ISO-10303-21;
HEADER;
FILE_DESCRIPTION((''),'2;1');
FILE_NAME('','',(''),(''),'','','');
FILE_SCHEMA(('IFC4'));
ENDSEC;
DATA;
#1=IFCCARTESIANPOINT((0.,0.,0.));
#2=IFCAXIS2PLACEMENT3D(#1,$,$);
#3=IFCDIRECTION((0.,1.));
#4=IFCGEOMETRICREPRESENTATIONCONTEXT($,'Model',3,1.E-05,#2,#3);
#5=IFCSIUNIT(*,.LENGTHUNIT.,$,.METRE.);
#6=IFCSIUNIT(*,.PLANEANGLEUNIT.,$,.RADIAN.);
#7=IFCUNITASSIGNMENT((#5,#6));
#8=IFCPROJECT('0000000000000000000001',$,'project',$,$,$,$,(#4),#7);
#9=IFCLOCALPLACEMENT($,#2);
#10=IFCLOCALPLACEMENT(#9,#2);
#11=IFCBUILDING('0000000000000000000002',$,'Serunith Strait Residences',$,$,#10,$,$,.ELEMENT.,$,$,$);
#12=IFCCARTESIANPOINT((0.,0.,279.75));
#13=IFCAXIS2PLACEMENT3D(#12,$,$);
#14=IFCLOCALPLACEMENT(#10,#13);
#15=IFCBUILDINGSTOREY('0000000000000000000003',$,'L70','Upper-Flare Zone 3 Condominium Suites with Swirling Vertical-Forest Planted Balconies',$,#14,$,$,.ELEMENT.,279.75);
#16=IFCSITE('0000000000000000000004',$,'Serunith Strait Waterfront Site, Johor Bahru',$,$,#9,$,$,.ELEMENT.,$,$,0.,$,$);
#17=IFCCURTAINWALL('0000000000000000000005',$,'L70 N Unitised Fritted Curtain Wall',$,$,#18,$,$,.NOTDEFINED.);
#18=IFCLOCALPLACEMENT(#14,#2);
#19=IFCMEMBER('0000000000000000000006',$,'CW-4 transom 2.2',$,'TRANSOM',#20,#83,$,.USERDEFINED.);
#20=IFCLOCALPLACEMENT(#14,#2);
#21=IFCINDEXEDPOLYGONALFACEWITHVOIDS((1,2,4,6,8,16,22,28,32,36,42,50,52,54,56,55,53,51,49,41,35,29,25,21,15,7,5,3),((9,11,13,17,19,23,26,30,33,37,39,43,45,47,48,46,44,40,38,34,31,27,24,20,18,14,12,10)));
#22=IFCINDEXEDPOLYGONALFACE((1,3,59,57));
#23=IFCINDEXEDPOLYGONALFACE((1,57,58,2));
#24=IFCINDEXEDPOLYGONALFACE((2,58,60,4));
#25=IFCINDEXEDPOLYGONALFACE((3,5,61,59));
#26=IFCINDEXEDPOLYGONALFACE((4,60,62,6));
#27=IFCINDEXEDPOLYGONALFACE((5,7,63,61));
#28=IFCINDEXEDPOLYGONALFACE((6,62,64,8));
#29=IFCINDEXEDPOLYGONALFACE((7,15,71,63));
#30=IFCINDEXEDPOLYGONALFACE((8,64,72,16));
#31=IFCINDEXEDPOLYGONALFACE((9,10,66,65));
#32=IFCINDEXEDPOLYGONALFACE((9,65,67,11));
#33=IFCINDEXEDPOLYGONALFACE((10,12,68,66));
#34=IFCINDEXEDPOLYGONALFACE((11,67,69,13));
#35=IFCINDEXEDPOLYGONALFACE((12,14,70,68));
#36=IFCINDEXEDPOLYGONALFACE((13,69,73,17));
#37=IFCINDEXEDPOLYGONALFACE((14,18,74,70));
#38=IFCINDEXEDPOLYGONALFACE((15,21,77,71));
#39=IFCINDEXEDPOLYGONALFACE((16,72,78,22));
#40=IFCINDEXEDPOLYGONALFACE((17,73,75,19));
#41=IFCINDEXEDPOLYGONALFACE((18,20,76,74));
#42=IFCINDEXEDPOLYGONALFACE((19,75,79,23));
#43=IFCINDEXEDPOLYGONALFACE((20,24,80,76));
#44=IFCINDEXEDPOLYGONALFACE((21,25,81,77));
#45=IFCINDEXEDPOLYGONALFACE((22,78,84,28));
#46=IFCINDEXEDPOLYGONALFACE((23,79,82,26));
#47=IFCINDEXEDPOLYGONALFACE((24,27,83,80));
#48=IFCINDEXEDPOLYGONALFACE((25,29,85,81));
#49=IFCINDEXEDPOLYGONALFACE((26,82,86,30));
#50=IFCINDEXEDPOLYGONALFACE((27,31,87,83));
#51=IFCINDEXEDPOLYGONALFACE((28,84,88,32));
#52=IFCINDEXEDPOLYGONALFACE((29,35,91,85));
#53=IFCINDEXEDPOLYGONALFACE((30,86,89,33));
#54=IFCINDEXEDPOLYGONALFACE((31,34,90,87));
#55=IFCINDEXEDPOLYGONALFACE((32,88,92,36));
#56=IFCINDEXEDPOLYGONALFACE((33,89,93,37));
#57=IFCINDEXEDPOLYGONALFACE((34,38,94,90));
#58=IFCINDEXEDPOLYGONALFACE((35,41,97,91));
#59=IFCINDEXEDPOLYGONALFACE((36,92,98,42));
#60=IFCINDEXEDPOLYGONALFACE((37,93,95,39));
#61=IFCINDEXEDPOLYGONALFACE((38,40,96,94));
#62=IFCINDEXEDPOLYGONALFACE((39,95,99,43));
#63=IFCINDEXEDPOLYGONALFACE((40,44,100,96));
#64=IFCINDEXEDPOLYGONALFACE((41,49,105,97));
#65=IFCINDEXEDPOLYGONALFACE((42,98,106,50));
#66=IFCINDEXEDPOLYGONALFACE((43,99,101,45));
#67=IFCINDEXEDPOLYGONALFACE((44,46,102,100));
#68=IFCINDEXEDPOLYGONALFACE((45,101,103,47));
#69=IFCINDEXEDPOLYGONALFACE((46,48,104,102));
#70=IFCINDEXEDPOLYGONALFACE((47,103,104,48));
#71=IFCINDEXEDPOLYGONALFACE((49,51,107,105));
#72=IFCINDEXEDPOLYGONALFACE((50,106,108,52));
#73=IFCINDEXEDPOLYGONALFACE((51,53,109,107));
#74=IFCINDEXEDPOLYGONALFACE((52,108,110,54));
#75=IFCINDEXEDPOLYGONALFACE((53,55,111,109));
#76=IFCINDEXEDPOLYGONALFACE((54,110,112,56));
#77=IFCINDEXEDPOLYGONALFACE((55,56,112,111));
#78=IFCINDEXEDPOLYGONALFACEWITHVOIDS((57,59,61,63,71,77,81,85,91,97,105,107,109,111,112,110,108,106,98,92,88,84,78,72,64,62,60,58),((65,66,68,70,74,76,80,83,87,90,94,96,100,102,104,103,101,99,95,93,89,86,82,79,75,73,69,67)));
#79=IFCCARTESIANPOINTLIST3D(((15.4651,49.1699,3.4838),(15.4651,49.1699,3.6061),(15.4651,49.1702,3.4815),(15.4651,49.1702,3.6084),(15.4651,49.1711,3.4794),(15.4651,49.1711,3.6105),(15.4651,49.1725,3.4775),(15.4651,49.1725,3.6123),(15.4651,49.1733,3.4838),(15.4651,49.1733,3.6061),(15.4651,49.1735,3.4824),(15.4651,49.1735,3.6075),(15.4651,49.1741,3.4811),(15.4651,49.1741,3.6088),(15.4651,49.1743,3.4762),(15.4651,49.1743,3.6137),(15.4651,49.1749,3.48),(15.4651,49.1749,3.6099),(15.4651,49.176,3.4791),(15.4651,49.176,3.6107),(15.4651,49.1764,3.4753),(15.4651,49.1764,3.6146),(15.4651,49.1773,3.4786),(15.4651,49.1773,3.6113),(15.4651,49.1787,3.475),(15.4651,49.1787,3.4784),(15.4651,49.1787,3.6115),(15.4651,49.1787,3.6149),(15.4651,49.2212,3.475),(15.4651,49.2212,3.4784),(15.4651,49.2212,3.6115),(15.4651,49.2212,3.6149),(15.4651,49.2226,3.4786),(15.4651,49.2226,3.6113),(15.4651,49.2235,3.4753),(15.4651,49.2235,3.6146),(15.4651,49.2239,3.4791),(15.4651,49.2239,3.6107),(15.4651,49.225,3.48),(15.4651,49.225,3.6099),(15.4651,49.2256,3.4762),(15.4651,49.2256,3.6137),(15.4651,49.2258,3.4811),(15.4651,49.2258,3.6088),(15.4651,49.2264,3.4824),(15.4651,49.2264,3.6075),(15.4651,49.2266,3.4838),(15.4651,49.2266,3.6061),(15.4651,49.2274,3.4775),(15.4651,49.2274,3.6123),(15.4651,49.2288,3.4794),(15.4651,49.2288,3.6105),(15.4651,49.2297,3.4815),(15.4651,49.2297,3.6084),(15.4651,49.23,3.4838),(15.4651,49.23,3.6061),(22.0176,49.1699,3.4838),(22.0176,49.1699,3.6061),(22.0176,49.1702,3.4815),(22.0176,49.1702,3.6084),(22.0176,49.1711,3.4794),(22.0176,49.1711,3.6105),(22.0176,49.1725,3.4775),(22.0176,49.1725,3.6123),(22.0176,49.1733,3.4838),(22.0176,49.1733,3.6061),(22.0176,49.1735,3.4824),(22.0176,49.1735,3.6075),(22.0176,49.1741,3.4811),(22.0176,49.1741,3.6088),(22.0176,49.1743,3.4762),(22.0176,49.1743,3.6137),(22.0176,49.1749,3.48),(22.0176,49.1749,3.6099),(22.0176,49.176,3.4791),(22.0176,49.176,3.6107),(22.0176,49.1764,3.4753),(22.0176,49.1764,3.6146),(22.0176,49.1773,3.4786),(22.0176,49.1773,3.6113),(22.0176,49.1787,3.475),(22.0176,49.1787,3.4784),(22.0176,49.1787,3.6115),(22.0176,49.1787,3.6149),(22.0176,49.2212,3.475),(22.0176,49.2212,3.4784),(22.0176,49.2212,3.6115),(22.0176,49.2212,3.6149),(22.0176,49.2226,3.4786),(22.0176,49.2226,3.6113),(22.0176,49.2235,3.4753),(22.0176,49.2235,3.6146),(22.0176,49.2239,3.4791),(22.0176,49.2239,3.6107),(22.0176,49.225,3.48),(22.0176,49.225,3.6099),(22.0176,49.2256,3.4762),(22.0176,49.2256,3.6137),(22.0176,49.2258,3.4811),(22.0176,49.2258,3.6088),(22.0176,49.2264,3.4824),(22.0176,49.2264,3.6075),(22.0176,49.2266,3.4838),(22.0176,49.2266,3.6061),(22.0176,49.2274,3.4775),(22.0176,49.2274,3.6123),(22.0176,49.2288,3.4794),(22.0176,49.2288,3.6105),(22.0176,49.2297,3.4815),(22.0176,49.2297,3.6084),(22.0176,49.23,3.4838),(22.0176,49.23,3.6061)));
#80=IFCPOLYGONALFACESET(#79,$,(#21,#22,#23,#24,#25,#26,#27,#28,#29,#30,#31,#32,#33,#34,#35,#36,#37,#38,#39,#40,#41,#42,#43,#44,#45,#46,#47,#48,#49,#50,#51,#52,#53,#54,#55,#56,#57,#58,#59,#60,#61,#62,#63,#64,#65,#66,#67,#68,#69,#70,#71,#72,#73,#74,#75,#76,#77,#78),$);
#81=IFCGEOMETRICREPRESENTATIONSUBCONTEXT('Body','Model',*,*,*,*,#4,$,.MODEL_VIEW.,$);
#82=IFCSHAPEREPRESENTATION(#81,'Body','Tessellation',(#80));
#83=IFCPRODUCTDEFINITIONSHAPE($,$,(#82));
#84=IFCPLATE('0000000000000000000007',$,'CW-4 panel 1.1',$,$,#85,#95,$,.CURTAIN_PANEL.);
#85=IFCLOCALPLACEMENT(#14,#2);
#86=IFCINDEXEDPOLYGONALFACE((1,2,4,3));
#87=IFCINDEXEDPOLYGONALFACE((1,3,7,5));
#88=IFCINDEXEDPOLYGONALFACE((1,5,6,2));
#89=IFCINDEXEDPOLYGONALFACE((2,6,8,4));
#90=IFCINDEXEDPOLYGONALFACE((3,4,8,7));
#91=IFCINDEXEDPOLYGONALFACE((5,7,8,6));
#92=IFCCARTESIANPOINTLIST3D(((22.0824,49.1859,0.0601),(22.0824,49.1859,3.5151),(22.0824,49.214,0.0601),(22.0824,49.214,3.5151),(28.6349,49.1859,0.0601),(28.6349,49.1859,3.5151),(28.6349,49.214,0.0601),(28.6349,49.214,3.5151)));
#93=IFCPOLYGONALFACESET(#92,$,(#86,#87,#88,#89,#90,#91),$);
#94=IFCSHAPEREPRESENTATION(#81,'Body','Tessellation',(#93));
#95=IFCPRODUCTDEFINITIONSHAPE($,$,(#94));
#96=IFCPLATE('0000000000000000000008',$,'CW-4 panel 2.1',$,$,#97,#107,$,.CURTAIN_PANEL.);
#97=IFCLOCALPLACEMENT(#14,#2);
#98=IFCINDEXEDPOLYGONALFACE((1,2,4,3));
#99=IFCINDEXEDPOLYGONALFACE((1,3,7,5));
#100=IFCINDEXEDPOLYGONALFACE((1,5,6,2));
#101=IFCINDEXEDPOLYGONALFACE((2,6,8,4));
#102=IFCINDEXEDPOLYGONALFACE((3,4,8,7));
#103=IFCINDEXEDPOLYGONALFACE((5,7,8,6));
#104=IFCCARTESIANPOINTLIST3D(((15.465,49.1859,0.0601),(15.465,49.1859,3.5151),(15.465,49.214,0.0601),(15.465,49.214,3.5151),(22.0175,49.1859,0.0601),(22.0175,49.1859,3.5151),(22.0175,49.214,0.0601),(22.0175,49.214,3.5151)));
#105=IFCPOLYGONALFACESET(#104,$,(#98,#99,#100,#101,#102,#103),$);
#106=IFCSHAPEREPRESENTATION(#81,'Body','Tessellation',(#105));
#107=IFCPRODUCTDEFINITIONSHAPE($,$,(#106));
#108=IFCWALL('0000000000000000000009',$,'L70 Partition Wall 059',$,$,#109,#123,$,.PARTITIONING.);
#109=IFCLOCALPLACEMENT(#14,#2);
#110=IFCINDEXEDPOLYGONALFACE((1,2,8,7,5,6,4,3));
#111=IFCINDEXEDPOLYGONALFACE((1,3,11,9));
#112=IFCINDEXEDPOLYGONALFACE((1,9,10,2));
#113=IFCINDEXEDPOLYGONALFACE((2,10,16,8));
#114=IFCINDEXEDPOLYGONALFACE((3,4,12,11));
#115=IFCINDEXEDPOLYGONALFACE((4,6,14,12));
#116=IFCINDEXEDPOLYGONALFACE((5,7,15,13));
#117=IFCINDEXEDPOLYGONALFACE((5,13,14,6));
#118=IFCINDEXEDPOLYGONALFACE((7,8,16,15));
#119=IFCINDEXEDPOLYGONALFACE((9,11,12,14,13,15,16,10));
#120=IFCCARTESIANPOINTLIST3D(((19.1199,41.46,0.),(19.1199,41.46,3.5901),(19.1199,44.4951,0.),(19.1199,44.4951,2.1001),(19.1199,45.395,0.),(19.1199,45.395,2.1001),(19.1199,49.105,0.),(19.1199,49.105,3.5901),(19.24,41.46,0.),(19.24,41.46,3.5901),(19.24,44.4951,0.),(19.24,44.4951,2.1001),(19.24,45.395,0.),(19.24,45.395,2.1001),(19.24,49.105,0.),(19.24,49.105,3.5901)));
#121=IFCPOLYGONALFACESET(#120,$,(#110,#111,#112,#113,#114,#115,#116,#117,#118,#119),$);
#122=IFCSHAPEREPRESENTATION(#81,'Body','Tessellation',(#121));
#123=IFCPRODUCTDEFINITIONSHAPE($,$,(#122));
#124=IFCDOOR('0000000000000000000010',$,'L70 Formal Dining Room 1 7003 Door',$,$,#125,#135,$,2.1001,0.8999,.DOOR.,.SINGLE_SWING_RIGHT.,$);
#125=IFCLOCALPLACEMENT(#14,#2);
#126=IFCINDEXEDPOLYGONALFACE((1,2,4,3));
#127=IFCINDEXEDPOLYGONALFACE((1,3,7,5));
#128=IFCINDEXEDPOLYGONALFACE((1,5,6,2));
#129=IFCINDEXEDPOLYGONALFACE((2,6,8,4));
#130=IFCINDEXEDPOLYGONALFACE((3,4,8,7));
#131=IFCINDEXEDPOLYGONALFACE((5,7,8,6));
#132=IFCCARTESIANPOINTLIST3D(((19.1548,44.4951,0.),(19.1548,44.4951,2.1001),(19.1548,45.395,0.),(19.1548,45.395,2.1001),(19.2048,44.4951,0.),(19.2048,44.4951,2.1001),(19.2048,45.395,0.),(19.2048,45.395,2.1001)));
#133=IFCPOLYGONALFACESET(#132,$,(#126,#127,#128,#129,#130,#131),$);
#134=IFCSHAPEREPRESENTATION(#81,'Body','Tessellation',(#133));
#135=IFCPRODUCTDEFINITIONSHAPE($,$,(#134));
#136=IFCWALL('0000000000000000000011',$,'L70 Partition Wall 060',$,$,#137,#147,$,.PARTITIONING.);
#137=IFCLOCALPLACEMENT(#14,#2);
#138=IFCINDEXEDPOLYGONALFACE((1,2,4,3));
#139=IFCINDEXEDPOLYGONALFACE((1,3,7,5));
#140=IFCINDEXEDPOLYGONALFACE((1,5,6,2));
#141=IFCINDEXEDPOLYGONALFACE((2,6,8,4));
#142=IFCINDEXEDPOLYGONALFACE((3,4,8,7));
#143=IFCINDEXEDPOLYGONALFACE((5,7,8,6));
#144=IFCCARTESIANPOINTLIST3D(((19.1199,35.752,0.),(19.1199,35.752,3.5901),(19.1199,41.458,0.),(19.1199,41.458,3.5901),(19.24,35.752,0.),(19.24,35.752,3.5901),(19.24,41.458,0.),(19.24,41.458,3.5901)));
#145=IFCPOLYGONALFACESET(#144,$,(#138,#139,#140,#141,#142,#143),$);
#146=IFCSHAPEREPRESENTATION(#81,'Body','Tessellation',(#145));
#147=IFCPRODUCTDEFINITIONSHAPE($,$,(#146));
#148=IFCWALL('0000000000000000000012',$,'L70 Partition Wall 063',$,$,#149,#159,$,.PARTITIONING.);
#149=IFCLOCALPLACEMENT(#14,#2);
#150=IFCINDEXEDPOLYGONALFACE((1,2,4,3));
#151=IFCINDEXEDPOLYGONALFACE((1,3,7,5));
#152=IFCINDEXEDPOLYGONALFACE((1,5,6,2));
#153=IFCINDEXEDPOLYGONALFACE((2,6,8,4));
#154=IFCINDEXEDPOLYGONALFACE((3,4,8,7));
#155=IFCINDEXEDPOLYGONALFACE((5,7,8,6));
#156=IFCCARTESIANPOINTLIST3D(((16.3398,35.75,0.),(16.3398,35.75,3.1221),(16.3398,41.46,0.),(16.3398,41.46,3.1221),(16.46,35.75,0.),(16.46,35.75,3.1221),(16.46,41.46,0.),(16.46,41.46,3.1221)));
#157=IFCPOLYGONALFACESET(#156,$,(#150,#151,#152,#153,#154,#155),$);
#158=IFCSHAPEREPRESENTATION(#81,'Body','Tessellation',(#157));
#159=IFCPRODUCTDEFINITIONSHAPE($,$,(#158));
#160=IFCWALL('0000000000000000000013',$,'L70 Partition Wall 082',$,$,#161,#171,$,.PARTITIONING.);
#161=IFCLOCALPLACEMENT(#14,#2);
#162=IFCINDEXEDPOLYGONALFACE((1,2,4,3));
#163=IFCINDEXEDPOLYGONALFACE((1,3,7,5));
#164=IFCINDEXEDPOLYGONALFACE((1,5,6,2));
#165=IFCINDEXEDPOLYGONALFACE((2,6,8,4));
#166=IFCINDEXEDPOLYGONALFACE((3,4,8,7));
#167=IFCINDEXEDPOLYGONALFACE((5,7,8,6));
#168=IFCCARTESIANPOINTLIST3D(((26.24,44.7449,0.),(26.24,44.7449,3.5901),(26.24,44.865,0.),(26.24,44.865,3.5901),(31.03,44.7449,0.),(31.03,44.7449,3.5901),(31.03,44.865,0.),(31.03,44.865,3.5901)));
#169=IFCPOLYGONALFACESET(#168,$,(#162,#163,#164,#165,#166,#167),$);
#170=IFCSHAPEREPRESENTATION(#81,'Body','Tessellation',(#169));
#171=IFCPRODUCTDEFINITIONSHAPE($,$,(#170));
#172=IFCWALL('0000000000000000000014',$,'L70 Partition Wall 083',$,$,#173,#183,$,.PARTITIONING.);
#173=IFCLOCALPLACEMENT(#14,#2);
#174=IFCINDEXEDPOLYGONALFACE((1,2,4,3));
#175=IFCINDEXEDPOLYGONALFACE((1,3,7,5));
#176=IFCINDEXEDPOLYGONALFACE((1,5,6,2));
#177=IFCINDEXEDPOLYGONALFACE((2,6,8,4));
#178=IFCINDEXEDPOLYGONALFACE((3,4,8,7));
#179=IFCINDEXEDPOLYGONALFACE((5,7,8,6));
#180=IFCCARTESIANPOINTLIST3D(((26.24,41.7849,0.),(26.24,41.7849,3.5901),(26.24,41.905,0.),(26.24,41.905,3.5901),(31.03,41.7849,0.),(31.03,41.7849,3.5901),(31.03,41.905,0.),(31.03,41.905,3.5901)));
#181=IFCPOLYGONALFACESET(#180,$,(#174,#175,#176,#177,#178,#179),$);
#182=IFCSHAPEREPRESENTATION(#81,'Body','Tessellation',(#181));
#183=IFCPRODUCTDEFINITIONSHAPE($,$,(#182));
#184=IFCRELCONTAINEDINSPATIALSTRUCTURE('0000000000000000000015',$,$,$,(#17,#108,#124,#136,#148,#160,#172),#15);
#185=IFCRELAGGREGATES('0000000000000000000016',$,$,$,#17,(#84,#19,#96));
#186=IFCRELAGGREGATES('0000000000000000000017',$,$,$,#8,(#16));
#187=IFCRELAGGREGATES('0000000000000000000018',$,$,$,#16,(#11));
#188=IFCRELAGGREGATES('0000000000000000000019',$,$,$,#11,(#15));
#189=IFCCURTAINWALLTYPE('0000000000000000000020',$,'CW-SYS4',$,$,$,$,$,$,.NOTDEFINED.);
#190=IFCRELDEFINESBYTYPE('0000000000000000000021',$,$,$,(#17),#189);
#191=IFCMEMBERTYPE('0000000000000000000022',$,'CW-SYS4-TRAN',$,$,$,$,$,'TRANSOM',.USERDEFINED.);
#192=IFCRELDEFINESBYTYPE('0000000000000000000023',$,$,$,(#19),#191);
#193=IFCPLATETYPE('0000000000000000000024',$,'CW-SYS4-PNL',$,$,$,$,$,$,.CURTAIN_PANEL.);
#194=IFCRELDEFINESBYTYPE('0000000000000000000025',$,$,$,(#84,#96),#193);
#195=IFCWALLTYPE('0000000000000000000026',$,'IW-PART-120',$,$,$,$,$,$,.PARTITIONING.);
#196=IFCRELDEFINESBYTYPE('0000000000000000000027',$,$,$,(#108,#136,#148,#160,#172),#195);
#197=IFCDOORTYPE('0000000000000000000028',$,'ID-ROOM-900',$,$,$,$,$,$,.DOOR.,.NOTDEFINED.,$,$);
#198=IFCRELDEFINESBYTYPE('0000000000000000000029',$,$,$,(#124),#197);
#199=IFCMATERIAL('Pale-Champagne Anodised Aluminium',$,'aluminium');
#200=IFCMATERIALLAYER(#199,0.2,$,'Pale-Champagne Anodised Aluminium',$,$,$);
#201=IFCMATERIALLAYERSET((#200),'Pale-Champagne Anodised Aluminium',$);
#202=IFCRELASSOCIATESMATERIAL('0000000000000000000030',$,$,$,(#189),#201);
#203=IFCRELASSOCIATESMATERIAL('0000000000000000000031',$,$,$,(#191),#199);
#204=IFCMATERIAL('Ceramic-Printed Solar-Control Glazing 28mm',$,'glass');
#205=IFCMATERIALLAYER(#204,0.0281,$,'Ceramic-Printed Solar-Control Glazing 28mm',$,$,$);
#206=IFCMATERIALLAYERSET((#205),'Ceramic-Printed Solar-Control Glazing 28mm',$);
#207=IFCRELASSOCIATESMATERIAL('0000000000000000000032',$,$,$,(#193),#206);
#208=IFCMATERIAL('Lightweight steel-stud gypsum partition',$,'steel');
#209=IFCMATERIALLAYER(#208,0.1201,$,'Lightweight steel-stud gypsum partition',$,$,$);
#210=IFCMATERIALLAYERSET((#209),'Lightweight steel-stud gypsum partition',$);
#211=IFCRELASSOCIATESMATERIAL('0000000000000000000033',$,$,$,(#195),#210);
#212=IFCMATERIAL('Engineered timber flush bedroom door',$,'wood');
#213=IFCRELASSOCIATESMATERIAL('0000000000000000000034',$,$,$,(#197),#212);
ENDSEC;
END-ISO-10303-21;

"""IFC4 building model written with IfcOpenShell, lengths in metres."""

from ifc_helpers import new_model, si_unit, direction, frame, frame_2d, origin, origin_2d, place, context, subcontext, project, spatial, rectangle, hollow_rectangle, extrude, source, transform, mapped, material, layer, layer_set, material_profile, profile_set, type_object, element, fill, aggregate, save


model = new_model("IFC4")

# Units and contexts
model_context = context("Model", 3, precision=1e-05, world=origin(), true_north=direction((0.0, 1.0)))
body_context = subcontext(model_context, "Body", "Model", "MODEL_VIEW")
ifc_project = project(units=[si_unit("LENGTHUNIT", "METRE"), si_unit("PLANEANGLEUNIT", "RADIAN")], contexts=[model_context])

# Site, building, storey
site_placement = place(None, origin())
site = spatial("IfcSite", under=ifc_project, at=site_placement, Name="Serunith Strait Waterfront Site, Johor Bahru", CompositionType="ELEMENT", RefElevation=0.0)
building_placement = place(site_placement, origin())
building = spatial("IfcBuilding", under=site, at=building_placement, Name="Serunith Strait Residences", CompositionType="ELEMENT")
storey_placement = place(building_placement, frame((0.0, 0.0, 279.75)))
storey = spatial("IfcBuildingStorey", under=building, at=storey_placement, Name="L70", Description="Upper-Flare Zone 3 Condominium Suites with Swirling Vertical-Forest Planted Balconies", CompositionType="ELEMENT", Elevation=279.75)

# Curtain wall, member, plates
ifc_material_1 = material(Name="Pale-Champagne Anodised Aluminium", Category="aluminium")
ifc_layer_1 = layer(ifc_material_1, 0.2, Name="Pale-Champagne Anodised Aluminium")
ifc_layer_set_1 = layer_set([ifc_layer_1], Name="Pale-Champagne Anodised Aluminium")
curtain_wall_type = type_object("IfcCurtainWallType", Name="CW-SYS4", PredefinedType="NOTDEFINED", material=ifc_layer_set_1)
curtain_wall_placement = place(storey_placement, origin())
curtain_wall = element("IfcCurtainWall", 1, at=curtain_wall_placement, inside=storey, type_object=curtain_wall_type, Name="L70 N Unitised Fritted Curtain Wall", PredefinedType="NOTDEFINED")
ifc_material_profile_1 = material_profile(ifc_material_1, hollow_rectangle(XDim=0.0601, YDim=0.1399, WallThickness=0.0034, InnerFilletRadius=0.0054, OuterFilletRadius=0.0088, at=origin_2d()), Name="ALU 140x60x3.5")
ifc_profile_set_1 = profile_set([ifc_material_profile_1], Name="Pale-Champagne Anodised Aluminium")
member_type_1 = type_object("IfcMemberType", Name="CW-SYS4-TRAN", ElementType="TRANSOM", PredefinedType="USERDEFINED", material=ifc_profile_set_1)
shared_shape_1 = source(origin(), body_context, "Body", "SweptSolid", [
    extrude(hollow_rectangle(XDim=0.0601, YDim=0.1399, WallThickness=0.0034, InnerFilletRadius=0.0054, OuterFilletRadius=0.0088, at=origin_2d()), origin(), (0.0, 0.0, 1.0), 6.5525),
])
member_1_placement = place(storey_placement, frame((22.0176, 49.2, 3.5449), z_axis=(-1.0, 0.0, 0.0), x_axis=(0.0, -1.0, 0.0)))
member_1 = element("IfcMember", 2, at=member_1_placement, type_object=member_type_1, Name="CW-4 transom 2.2", ObjectType="TRANSOM", PredefinedType="USERDEFINED", context=body_context, shape_type="MappedRepresentation", body=[
    mapped(shared_shape_1, transform((0.0, 0.0, 0.0), scale=1.0)),
])
ifc_material_2 = material(Name="Ceramic-Printed Solar-Control Glazing 28mm", Category="glass")
ifc_layer_2 = layer(ifc_material_2, 0.0281, Name="Ceramic-Printed Solar-Control Glazing 28mm")
ifc_layer_set_2 = layer_set([ifc_layer_2], Name="Ceramic-Printed Solar-Control Glazing 28mm")
plate_type = type_object("IfcPlateType", Name="CW-SYS4-PNL", PredefinedType="CURTAIN_PANEL", material=ifc_layer_set_2)
shared_shape_2 = source(origin(), body_context, "Body", "SweptSolid", [
    extrude(rectangle(XDim=6.5525, YDim=0.0281, at=origin_2d()), origin(), (0.0, 0.0, 1.0), 3.4551),
])
plate_1_placement = place(storey_placement, frame((25.3586, 49.2, 0.0601), z_axis=(0.0, 0.0, 1.0), x_axis=(-1.0, 0.0, 0.0)))
plate_1 = element("IfcPlate", 3, at=plate_1_placement, type_object=plate_type, Name="CW-4 panel 1.1", PredefinedType="CURTAIN_PANEL", context=body_context, shape_type="MappedRepresentation", body=[
    mapped(shared_shape_2, transform((0.0, 0.0, 0.0), scale=1.0)),
])
plate_2_placement = place(storey_placement, frame((18.7412, 49.2, 0.0601), z_axis=(0.0, 0.0, 1.0), x_axis=(-1.0, 0.0, 0.0)))
plate_2 = element("IfcPlate", 4, at=plate_2_placement, type_object=plate_type, Name="CW-4 panel 2.1", PredefinedType="CURTAIN_PANEL", context=body_context, shape_type="MappedRepresentation", body=[
    mapped(shared_shape_2, transform((0.0, 0.0, 0.0), scale=1.0)),
])
aggregate(curtain_wall, [plate_1, member_1, plate_2])

# Wall, opening, door
ifc_material_3 = material(Name="Lightweight steel-stud gypsum partition", Category="steel")
ifc_layer_3 = layer(ifc_material_3, 0.1201, Name="Lightweight steel-stud gypsum partition")
ifc_layer_set_3 = layer_set([ifc_layer_3], Name="Lightweight steel-stud gypsum partition")
wall_type = type_object("IfcWallType", Name="IW-PART-120", PredefinedType="PARTITIONING", material=ifc_layer_set_3)
wall_1_placement = place(storey_placement, frame((19.1799, 49.105, 0.0), z_axis=(0.0, 0.0, 1.0), x_axis=(0.0, -1.0, 0.0)))
wall_1 = element("IfcWall", 5, at=wall_1_placement, inside=storey, type_object=wall_type, Name="L70 Partition Wall 059", PredefinedType="PARTITIONING", context=body_context, shape_type="SweptSolid", body=[
    extrude(rectangle(XDim=7.645, YDim=0.1201, at=frame_2d((3.8225, 0.0))), origin(), (0.0, 0.0, 1.0), 3.5901),
])
opening_1_placement = place(wall_1_placement, frame((3.71, 0.0, 0.0)))
opening_1 = element("IfcOpeningElement", 6, at=opening_1_placement, cuts=wall_1, PredefinedType="OPENING", context=body_context, shape_type="SweptSolid", body=[
    extrude(rectangle(XDim=0.8999, YDim=2.1001, at=frame_2d((0.45, 1.05))), frame((0.0, 0.0701, 0.0), z_axis=(0.0, -1.0, 0.0), x_axis=(1.0, 0.0, 0.0)), (0.0, 0.0, 1.0), 0.1401),
])
ifc_material_4 = material(Name="Engineered timber flush bedroom door", Category="wood")
door_type_1 = type_object("IfcDoorType", Name="ID-ROOM-900", OperationType="NOTDEFINED", PredefinedType="DOOR", material=ifc_material_4)
shared_shape_3 = source(origin(), body_context, "Body", "SweptSolid", [
    extrude(rectangle(XDim=0.8999, YDim=2.1001, at=frame_2d((0.45, 1.05))), frame((0.0, 0.0249, 0.0), z_axis=(0.0, -1.0, 0.0), x_axis=(1.0, 0.0, 0.0)), (0.0, 0.0, 1.0), 0.05),
])
door_1_placement = place(opening_1_placement, origin())
door_1 = element("IfcDoor", 7, at=door_1_placement, inside=storey, type_object=door_type_1, Name="L70 Formal Dining Room 1 7003 Door", OperationType="SINGLE_SWING_RIGHT", OverallHeight=2.1001, OverallWidth=0.8999, PredefinedType="DOOR", context=body_context, shape_type="MappedRepresentation", body=[
    mapped(shared_shape_3, transform((0.0, 0.0, 0.0), scale=1.0)),
])
fill(opening_1, door_1)

# Walls
wall_2_placement = place(storey_placement, frame((19.1799, 41.458, 0.0), z_axis=(0.0, 0.0, 1.0), x_axis=(0.0, -1.0, 0.0)))
element("IfcWall", 8, at=wall_2_placement, inside=storey, type_object=wall_type, Name="L70 Partition Wall 060", PredefinedType="PARTITIONING", context=body_context, shape_type="SweptSolid", body=[
    extrude(rectangle(XDim=5.7061, YDim=0.1201, at=frame_2d((2.853, 0.0))), origin(), (0.0, 0.0, 1.0), 3.5901),
])
wall_3_placement = place(storey_placement, frame((16.3999, 41.46, 0.0), z_axis=(0.0, 0.0, 1.0), x_axis=(0.0, -1.0, 0.0)))
element("IfcWall", 9, at=wall_3_placement, inside=storey, type_object=wall_type, Name="L70 Partition Wall 063", PredefinedType="PARTITIONING", context=body_context, shape_type="SweptSolid", body=[
    extrude(rectangle(XDim=5.71, YDim=0.1201, at=frame_2d((2.855, 0.0))), origin(), (0.0, 0.0, 1.0), 3.1221),
])
for number, where, z_axis, x_axis, name in (
    (10, (26.24, 44.8049, 0.0), (0.0, 0.0, 1.0), (1.0, 0.0, 0.0), "L70 Partition Wall 082"),
    (11, (26.24, 41.845, 0.0), (0.0, 0.0, 1.0), (1.0, 0.0, 0.0), "L70 Partition Wall 083"),
):
    element("IfcWall", number, at=place(storey_placement, frame(where, z_axis=z_axis, x_axis=x_axis)), inside=storey, type_object=wall_type, Name=name, PredefinedType="PARTITIONING", context=body_context, shape_type="SweptSolid", body=[
        extrude(rectangle(XDim=4.79, YDim=0.1201, at=frame_2d((2.395, 0.0))), origin(), (0.0, 0.0, 1.0), 3.5901),
    ])

save(model, "model.ifc")
